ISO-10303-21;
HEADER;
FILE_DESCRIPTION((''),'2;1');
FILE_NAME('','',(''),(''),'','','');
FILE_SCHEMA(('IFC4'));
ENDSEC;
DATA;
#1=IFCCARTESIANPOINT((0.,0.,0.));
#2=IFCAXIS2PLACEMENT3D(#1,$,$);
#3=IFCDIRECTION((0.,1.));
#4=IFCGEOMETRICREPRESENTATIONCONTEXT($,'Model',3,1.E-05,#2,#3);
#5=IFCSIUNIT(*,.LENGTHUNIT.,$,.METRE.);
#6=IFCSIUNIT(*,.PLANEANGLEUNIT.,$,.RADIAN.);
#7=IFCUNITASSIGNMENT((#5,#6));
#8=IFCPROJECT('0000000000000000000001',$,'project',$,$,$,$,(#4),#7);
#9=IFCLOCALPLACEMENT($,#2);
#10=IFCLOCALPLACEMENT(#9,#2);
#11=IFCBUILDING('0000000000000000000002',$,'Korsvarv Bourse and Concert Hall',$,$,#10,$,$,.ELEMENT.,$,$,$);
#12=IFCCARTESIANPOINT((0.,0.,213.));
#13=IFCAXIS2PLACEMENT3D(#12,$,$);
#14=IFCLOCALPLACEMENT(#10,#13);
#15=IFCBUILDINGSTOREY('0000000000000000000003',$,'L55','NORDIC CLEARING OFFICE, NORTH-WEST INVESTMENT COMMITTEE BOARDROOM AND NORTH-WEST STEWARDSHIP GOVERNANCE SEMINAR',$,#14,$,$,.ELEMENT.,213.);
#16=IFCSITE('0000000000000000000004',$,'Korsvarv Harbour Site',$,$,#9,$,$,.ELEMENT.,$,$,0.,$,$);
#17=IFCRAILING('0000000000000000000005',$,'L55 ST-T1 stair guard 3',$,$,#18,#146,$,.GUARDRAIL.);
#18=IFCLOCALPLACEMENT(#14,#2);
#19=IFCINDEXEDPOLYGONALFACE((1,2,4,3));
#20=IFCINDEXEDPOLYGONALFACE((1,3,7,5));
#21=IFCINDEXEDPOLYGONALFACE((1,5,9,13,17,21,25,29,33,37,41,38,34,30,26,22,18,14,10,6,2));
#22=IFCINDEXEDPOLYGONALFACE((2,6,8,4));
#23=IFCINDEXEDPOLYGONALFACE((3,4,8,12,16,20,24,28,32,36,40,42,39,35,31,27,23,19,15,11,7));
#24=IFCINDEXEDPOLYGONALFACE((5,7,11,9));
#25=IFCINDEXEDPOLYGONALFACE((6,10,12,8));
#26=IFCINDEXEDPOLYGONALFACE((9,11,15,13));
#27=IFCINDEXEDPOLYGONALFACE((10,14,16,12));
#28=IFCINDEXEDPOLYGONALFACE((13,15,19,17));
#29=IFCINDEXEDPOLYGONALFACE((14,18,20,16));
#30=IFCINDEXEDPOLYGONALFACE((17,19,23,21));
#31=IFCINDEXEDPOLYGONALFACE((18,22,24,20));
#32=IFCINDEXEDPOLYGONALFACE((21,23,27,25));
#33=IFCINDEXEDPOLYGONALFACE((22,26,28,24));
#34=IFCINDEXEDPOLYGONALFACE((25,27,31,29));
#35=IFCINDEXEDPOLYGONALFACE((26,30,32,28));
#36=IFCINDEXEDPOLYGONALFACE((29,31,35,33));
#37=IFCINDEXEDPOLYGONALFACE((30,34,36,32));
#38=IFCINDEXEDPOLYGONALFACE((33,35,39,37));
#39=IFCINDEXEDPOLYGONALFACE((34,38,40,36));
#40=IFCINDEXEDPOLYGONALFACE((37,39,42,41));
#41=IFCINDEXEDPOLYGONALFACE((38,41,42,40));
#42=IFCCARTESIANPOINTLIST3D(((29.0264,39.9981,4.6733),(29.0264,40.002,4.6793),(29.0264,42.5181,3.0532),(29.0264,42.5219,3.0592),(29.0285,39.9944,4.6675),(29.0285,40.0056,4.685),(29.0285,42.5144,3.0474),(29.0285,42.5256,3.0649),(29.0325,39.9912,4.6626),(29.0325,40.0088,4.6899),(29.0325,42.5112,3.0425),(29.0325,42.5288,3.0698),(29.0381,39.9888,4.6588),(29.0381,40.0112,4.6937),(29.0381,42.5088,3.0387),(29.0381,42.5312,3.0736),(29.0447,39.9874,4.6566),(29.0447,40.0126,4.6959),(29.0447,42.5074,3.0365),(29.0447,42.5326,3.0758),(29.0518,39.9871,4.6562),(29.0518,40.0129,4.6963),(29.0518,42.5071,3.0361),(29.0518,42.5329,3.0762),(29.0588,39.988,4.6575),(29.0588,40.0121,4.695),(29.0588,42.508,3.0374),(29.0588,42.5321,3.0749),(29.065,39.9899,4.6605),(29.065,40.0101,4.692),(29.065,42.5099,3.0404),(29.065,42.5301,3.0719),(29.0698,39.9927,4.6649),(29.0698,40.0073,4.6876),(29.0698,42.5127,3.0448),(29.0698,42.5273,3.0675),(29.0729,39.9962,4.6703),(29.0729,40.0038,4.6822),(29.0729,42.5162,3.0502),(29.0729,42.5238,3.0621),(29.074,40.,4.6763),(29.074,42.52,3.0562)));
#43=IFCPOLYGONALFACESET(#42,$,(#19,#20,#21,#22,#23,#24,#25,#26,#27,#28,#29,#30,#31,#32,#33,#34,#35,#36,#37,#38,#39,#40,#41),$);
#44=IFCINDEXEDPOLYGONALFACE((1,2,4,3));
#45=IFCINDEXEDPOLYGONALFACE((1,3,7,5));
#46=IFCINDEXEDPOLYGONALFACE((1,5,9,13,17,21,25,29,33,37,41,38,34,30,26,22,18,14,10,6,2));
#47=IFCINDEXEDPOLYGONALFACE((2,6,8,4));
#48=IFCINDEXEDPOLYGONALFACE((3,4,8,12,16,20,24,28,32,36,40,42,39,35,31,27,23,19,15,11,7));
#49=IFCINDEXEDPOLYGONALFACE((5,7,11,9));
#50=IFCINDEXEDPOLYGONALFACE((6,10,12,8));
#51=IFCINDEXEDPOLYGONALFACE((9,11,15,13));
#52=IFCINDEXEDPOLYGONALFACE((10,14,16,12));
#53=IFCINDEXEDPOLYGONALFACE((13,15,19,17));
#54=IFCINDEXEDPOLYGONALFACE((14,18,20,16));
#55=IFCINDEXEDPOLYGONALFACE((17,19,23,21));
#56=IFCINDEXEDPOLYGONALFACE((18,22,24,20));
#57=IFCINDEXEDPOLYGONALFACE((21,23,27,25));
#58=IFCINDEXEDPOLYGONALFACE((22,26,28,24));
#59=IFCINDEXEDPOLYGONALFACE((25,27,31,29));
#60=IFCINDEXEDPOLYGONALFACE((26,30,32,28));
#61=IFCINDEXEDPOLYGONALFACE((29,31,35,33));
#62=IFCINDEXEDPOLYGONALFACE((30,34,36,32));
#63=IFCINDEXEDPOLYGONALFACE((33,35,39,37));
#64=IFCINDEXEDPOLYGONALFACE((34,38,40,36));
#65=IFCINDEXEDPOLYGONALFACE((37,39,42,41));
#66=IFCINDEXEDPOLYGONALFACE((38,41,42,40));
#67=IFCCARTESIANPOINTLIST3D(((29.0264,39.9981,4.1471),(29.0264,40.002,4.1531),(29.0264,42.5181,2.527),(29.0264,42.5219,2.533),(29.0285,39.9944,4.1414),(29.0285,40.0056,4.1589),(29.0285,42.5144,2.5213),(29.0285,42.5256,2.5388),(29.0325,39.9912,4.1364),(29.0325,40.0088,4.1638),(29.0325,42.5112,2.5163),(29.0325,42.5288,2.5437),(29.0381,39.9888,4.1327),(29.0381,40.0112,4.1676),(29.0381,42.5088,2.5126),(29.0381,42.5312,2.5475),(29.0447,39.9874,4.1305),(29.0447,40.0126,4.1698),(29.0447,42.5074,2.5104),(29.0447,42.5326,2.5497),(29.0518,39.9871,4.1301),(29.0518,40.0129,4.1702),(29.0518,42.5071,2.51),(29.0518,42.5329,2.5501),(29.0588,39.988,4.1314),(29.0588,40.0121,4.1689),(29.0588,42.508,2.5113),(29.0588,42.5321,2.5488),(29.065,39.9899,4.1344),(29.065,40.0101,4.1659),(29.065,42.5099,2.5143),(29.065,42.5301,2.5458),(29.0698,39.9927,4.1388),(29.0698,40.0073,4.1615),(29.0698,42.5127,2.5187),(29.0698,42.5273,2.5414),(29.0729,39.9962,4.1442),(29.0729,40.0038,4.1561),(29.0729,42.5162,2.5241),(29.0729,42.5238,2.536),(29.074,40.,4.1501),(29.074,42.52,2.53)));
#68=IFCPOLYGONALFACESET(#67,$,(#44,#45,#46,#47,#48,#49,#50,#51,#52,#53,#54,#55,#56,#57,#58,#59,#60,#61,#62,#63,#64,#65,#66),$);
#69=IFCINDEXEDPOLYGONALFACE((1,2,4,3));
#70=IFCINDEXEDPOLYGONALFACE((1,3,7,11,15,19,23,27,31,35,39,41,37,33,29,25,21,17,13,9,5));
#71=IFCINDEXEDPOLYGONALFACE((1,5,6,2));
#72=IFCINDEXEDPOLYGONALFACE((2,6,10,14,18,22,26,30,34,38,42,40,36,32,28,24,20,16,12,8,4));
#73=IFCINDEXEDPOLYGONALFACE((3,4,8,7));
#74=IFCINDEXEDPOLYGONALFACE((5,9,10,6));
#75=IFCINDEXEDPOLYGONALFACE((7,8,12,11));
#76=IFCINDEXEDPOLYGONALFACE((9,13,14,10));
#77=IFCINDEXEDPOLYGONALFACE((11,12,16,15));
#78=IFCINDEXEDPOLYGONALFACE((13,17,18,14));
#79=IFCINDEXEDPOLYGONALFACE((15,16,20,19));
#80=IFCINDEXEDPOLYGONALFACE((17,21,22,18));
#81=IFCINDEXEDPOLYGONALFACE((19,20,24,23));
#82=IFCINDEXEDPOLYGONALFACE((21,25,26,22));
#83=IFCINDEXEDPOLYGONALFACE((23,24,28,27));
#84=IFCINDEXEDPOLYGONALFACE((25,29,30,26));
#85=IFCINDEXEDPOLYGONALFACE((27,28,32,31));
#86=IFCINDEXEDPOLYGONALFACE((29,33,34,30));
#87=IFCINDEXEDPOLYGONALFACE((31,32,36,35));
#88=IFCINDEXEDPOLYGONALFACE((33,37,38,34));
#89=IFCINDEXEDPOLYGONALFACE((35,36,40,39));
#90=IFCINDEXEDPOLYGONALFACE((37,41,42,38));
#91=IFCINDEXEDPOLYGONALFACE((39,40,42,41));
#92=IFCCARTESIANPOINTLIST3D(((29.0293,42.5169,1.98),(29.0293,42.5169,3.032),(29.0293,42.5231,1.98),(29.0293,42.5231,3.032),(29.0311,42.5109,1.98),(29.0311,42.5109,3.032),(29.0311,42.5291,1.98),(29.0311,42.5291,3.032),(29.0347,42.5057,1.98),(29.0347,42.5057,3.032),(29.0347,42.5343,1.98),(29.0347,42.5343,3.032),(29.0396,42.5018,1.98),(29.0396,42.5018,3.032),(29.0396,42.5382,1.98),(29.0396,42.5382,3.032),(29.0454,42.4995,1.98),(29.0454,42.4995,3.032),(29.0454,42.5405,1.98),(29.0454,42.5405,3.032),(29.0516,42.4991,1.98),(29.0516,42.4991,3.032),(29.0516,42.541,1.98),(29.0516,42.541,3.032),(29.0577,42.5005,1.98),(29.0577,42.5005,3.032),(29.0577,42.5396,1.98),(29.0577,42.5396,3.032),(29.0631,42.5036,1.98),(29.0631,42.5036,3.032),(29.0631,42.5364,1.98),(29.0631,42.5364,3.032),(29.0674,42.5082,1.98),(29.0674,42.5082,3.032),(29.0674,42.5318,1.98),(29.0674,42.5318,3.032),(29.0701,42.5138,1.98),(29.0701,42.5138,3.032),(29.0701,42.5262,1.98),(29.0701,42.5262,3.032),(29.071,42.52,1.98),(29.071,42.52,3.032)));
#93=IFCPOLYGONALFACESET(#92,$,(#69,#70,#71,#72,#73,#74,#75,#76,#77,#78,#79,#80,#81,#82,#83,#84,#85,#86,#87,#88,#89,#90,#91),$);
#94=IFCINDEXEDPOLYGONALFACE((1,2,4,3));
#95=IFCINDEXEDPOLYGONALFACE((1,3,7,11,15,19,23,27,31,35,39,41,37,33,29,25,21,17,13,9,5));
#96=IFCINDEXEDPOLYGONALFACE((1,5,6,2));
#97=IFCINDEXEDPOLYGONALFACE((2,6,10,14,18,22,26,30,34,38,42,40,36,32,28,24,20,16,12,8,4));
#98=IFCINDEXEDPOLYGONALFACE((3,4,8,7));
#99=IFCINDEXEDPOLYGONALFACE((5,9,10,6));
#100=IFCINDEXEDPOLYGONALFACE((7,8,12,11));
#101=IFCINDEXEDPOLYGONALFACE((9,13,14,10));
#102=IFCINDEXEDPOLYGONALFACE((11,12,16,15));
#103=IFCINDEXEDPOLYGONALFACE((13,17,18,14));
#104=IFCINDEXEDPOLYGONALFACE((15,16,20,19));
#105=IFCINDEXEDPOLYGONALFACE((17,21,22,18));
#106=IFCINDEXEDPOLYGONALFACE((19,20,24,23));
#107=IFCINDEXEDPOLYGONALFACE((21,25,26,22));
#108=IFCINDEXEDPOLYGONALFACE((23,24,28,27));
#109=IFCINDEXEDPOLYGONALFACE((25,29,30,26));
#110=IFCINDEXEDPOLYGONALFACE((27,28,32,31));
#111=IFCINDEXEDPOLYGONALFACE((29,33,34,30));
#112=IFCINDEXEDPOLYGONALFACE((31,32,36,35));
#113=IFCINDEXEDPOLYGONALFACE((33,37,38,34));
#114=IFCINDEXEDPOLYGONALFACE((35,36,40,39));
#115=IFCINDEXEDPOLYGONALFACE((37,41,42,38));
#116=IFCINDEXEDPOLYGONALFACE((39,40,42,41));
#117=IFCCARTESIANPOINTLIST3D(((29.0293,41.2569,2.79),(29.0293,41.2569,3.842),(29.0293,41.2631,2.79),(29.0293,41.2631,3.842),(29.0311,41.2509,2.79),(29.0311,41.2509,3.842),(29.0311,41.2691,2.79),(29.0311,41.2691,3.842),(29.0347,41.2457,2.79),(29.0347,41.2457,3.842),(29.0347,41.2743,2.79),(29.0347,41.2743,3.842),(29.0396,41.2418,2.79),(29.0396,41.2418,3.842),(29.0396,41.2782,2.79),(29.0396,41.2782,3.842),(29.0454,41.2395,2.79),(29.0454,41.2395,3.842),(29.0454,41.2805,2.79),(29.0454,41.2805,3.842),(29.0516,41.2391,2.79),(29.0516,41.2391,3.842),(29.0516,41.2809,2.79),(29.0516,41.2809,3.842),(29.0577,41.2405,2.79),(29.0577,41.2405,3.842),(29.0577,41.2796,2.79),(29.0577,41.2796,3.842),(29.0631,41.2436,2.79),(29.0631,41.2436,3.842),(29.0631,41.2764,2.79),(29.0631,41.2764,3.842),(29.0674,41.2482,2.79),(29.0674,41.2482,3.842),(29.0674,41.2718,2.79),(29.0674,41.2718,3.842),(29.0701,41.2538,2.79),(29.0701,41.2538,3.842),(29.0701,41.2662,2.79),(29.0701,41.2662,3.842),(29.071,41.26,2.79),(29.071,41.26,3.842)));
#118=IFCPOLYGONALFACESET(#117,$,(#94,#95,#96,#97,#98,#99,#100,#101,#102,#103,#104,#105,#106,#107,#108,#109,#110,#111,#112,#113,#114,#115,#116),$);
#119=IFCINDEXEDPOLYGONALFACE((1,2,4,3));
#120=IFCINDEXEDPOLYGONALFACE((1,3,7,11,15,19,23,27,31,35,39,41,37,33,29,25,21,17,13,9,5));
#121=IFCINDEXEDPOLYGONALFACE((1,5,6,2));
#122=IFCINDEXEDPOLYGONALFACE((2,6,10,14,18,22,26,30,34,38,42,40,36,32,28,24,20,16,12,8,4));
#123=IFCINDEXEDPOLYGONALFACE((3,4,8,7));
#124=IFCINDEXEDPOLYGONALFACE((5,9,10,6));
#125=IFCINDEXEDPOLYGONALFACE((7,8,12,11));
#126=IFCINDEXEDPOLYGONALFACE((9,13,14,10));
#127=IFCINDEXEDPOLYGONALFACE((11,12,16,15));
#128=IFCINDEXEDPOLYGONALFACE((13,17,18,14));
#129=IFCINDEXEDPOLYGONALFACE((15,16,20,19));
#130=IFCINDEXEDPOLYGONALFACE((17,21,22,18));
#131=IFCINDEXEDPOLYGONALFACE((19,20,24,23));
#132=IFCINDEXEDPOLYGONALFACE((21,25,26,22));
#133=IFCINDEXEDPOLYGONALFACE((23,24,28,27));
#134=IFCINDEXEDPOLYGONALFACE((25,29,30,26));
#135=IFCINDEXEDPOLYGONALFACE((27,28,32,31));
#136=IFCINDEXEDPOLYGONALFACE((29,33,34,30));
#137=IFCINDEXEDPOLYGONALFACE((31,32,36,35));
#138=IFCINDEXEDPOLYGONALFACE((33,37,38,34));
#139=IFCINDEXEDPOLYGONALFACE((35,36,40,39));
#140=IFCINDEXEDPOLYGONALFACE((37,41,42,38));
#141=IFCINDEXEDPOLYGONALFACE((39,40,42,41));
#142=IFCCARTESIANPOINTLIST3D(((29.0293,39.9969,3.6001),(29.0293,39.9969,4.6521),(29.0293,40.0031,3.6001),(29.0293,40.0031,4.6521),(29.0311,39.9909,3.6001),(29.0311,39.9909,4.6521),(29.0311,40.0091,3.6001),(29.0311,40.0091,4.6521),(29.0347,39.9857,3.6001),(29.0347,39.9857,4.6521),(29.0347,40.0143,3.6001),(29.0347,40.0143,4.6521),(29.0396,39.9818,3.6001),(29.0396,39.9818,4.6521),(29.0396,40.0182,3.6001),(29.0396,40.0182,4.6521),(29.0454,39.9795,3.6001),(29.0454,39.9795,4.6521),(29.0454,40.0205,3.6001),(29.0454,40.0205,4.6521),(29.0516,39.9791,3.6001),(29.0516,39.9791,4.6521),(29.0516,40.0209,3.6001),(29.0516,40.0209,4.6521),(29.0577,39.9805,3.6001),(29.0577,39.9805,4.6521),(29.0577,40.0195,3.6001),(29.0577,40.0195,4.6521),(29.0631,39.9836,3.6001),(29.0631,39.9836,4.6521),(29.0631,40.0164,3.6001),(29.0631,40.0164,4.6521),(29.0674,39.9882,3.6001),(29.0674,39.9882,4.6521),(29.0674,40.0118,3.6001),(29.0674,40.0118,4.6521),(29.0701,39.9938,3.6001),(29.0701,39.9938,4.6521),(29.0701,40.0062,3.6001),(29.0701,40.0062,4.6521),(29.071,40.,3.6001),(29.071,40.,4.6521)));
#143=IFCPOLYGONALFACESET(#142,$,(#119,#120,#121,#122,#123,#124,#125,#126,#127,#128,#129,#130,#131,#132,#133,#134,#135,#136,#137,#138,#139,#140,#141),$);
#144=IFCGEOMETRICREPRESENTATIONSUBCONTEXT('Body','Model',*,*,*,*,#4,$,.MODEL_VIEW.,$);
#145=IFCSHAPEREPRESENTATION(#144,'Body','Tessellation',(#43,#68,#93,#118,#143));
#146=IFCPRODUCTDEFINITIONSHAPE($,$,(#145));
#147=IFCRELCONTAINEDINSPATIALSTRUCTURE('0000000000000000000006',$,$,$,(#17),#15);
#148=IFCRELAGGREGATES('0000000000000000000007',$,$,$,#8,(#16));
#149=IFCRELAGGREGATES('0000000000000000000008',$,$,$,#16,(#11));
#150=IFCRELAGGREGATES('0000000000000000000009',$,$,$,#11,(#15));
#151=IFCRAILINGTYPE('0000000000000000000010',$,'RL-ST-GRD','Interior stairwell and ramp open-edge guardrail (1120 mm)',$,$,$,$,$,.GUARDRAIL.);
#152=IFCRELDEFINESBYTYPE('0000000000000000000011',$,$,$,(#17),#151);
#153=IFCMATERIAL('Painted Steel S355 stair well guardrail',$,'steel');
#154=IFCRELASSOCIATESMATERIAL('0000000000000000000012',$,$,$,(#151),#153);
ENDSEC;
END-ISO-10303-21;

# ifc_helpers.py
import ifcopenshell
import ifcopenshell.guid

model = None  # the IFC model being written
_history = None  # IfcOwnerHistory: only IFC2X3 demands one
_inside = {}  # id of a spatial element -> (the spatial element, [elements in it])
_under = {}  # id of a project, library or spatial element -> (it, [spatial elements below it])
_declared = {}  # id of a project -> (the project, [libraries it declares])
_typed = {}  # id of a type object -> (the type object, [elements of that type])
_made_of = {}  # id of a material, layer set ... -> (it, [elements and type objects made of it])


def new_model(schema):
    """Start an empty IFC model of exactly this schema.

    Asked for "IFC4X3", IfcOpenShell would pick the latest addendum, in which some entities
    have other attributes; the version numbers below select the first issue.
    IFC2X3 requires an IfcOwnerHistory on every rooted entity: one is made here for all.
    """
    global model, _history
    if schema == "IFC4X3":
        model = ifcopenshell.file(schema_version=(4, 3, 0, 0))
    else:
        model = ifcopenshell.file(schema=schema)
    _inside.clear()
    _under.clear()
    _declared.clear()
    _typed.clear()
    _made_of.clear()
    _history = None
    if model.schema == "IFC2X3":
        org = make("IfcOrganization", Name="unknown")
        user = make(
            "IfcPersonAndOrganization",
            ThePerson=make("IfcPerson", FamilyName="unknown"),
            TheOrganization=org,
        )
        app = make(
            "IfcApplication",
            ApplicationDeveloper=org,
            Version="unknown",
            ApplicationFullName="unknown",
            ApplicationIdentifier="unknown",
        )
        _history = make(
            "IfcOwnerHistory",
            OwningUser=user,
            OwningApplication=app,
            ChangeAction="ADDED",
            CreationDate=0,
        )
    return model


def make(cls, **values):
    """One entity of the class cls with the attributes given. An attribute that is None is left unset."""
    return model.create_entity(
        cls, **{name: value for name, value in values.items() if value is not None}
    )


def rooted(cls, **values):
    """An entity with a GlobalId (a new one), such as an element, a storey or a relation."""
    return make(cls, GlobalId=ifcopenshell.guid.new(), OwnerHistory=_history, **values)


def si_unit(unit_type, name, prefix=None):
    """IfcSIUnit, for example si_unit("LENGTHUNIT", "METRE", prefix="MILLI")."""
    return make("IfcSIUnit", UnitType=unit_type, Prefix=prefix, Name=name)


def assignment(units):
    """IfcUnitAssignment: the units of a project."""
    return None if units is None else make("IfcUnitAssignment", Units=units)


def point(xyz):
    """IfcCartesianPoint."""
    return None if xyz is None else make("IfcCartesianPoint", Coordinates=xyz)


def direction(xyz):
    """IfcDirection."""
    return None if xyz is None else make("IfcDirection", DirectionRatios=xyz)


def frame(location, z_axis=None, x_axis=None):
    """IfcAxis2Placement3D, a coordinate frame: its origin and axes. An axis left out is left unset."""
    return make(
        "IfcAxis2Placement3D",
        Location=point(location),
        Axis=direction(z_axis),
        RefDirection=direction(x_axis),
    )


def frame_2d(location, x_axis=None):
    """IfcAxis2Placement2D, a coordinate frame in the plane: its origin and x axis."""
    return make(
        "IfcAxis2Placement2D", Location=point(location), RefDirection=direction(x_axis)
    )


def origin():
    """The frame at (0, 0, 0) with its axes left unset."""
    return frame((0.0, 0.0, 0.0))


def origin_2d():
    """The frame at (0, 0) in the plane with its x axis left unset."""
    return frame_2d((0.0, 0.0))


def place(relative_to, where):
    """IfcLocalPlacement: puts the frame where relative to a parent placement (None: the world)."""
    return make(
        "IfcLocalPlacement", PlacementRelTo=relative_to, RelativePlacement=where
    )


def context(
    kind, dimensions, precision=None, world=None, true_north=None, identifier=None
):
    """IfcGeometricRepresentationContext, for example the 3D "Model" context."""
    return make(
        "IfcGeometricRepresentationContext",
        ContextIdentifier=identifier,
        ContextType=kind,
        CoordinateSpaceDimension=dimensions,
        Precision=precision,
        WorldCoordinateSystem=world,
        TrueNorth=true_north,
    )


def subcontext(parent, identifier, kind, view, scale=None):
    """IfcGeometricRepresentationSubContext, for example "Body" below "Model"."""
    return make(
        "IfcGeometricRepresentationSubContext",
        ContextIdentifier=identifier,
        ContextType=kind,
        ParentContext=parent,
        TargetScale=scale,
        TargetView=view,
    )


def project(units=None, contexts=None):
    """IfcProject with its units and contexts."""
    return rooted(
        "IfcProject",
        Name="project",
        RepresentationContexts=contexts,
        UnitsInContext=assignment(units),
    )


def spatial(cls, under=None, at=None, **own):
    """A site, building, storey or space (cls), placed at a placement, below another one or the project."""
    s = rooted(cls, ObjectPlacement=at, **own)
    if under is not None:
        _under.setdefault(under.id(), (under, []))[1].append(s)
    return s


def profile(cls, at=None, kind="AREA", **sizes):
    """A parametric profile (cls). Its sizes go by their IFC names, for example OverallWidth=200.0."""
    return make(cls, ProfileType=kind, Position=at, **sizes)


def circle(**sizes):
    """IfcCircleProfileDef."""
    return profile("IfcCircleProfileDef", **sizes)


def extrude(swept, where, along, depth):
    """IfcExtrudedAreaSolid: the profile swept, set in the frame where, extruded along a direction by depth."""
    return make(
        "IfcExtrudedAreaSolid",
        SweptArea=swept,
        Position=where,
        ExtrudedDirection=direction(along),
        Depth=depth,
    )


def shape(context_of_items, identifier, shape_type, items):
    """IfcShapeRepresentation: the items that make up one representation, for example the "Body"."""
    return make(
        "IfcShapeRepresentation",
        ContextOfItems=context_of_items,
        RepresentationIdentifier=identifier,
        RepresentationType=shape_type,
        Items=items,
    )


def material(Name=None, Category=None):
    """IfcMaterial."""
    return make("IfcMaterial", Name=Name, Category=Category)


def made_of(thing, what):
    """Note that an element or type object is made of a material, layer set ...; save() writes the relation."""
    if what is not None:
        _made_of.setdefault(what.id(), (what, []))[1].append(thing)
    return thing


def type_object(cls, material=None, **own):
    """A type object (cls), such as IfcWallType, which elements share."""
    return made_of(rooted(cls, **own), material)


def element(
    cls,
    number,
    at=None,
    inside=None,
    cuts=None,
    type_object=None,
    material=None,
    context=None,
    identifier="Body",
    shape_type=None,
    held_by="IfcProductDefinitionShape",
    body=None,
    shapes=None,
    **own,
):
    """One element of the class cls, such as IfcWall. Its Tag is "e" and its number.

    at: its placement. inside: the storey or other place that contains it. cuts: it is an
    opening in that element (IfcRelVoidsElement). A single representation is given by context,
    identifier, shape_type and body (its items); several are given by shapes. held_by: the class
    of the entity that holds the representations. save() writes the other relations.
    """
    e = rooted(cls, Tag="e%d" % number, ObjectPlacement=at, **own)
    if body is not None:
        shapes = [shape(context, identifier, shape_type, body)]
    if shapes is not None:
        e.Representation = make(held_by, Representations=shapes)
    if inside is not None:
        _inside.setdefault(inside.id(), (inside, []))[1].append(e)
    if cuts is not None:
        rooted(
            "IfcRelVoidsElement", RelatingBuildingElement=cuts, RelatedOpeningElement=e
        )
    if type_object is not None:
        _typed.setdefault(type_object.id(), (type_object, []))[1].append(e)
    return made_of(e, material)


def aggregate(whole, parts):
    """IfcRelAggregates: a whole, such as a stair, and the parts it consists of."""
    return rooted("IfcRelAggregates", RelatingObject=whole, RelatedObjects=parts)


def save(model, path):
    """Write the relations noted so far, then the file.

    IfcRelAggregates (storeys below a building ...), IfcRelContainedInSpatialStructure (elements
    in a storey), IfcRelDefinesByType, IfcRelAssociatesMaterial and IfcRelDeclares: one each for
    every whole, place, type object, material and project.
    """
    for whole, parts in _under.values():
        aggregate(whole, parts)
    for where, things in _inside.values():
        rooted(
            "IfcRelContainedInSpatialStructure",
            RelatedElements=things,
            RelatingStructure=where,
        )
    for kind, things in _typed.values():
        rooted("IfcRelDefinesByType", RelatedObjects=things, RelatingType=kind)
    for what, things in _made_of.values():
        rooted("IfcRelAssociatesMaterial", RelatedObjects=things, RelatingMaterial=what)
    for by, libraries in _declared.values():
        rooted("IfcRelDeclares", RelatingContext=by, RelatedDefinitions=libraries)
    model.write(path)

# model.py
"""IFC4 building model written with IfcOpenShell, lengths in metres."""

from ifc_helpers import new_model, si_unit, direction, frame, origin, origin_2d, place, context, subcontext, project, spatial, circle, extrude, material, type_object, element, save


model = new_model("IFC4")

# Units and contexts
model_context = context("Model", 3, precision=1e-05, world=origin(), true_north=direction((0.0, 1.0)))
body_context = subcontext(model_context, "Body", "Model", "MODEL_VIEW")
ifc_project = project(units=[si_unit("LENGTHUNIT", "METRE"), si_unit("PLANEANGLEUNIT", "RADIAN")], contexts=[model_context])

# Site, building, storey
site_placement = place(None, origin())
site = spatial("IfcSite", under=ifc_project, at=site_placement, Name="Korsvarv Harbour Site", CompositionType="ELEMENT", RefElevation=0.0)
building_placement = place(site_placement, origin())
building = spatial("IfcBuilding", under=site, at=building_placement, Name="Korsvarv Bourse and Concert Hall", CompositionType="ELEMENT")
storey_placement = place(building_placement, frame((0.0, 0.0, 213.0)))
storey = spatial("IfcBuildingStorey", under=building, at=storey_placement, Name="L55", Description="NORDIC CLEARING OFFICE, NORTH-WEST INVESTMENT COMMITTEE BOARDROOM AND NORTH-WEST STEWARDSHIP GOVERNANCE SEMINAR", CompositionType="ELEMENT", Elevation=213.0)

# Railing
ifc_material_1 = material(Name="Painted Steel S355 stair well guardrail", Category="steel")
railing_type = type_object("IfcRailingType", Name="RL-ST-GRD", Description="Interior stairwell and ramp open-edge guardrail (1120 mm)", PredefinedType="GUARDRAIL", material=ifc_material_1)
railing_1_placement = place(storey_placement, frame((29.05, 42.52, 1.98)))
element("IfcRailing", 1, at=railing_1_placement, inside=storey, type_object=railing_type, Name="L55 ST-T1 stair guard 3", PredefinedType="GUARDRAIL", context=body_context, shape_type="SweptSolid", body=[
    extrude(circle(Radius=0.0239, at=origin_2d()), frame((0.0, 0.0, 1.0762), z_axis=(0.0, -0.841163, 0.540782), x_axis=(1.0, 0.0, 0.0)), (0.0, 0.0, 1.0), 2.9958),
    extrude(circle(Radius=0.0239, at=origin_2d()), frame((0.0, 0.0, 0.55), z_axis=(0.0, -0.841163, 0.540782), x_axis=(1.0, 0.0, 0.0)), (0.0, 0.0, 1.0), 2.9958),
    extrude(circle(Radius=0.021, at=origin_2d()), origin(), (0.0, 0.0, 1.0), 1.052),
    extrude(circle(Radius=0.021, at=origin_2d()), frame((0.0, -1.26, 0.8101)), (0.0, 0.0, 1.0), 1.052),
    extrude(circle(Radius=0.021, at=origin_2d()), frame((0.0, -2.52, 1.6201)), (0.0, 0.0, 1.0), 1.052),
])

save(model, "model.ifc")
